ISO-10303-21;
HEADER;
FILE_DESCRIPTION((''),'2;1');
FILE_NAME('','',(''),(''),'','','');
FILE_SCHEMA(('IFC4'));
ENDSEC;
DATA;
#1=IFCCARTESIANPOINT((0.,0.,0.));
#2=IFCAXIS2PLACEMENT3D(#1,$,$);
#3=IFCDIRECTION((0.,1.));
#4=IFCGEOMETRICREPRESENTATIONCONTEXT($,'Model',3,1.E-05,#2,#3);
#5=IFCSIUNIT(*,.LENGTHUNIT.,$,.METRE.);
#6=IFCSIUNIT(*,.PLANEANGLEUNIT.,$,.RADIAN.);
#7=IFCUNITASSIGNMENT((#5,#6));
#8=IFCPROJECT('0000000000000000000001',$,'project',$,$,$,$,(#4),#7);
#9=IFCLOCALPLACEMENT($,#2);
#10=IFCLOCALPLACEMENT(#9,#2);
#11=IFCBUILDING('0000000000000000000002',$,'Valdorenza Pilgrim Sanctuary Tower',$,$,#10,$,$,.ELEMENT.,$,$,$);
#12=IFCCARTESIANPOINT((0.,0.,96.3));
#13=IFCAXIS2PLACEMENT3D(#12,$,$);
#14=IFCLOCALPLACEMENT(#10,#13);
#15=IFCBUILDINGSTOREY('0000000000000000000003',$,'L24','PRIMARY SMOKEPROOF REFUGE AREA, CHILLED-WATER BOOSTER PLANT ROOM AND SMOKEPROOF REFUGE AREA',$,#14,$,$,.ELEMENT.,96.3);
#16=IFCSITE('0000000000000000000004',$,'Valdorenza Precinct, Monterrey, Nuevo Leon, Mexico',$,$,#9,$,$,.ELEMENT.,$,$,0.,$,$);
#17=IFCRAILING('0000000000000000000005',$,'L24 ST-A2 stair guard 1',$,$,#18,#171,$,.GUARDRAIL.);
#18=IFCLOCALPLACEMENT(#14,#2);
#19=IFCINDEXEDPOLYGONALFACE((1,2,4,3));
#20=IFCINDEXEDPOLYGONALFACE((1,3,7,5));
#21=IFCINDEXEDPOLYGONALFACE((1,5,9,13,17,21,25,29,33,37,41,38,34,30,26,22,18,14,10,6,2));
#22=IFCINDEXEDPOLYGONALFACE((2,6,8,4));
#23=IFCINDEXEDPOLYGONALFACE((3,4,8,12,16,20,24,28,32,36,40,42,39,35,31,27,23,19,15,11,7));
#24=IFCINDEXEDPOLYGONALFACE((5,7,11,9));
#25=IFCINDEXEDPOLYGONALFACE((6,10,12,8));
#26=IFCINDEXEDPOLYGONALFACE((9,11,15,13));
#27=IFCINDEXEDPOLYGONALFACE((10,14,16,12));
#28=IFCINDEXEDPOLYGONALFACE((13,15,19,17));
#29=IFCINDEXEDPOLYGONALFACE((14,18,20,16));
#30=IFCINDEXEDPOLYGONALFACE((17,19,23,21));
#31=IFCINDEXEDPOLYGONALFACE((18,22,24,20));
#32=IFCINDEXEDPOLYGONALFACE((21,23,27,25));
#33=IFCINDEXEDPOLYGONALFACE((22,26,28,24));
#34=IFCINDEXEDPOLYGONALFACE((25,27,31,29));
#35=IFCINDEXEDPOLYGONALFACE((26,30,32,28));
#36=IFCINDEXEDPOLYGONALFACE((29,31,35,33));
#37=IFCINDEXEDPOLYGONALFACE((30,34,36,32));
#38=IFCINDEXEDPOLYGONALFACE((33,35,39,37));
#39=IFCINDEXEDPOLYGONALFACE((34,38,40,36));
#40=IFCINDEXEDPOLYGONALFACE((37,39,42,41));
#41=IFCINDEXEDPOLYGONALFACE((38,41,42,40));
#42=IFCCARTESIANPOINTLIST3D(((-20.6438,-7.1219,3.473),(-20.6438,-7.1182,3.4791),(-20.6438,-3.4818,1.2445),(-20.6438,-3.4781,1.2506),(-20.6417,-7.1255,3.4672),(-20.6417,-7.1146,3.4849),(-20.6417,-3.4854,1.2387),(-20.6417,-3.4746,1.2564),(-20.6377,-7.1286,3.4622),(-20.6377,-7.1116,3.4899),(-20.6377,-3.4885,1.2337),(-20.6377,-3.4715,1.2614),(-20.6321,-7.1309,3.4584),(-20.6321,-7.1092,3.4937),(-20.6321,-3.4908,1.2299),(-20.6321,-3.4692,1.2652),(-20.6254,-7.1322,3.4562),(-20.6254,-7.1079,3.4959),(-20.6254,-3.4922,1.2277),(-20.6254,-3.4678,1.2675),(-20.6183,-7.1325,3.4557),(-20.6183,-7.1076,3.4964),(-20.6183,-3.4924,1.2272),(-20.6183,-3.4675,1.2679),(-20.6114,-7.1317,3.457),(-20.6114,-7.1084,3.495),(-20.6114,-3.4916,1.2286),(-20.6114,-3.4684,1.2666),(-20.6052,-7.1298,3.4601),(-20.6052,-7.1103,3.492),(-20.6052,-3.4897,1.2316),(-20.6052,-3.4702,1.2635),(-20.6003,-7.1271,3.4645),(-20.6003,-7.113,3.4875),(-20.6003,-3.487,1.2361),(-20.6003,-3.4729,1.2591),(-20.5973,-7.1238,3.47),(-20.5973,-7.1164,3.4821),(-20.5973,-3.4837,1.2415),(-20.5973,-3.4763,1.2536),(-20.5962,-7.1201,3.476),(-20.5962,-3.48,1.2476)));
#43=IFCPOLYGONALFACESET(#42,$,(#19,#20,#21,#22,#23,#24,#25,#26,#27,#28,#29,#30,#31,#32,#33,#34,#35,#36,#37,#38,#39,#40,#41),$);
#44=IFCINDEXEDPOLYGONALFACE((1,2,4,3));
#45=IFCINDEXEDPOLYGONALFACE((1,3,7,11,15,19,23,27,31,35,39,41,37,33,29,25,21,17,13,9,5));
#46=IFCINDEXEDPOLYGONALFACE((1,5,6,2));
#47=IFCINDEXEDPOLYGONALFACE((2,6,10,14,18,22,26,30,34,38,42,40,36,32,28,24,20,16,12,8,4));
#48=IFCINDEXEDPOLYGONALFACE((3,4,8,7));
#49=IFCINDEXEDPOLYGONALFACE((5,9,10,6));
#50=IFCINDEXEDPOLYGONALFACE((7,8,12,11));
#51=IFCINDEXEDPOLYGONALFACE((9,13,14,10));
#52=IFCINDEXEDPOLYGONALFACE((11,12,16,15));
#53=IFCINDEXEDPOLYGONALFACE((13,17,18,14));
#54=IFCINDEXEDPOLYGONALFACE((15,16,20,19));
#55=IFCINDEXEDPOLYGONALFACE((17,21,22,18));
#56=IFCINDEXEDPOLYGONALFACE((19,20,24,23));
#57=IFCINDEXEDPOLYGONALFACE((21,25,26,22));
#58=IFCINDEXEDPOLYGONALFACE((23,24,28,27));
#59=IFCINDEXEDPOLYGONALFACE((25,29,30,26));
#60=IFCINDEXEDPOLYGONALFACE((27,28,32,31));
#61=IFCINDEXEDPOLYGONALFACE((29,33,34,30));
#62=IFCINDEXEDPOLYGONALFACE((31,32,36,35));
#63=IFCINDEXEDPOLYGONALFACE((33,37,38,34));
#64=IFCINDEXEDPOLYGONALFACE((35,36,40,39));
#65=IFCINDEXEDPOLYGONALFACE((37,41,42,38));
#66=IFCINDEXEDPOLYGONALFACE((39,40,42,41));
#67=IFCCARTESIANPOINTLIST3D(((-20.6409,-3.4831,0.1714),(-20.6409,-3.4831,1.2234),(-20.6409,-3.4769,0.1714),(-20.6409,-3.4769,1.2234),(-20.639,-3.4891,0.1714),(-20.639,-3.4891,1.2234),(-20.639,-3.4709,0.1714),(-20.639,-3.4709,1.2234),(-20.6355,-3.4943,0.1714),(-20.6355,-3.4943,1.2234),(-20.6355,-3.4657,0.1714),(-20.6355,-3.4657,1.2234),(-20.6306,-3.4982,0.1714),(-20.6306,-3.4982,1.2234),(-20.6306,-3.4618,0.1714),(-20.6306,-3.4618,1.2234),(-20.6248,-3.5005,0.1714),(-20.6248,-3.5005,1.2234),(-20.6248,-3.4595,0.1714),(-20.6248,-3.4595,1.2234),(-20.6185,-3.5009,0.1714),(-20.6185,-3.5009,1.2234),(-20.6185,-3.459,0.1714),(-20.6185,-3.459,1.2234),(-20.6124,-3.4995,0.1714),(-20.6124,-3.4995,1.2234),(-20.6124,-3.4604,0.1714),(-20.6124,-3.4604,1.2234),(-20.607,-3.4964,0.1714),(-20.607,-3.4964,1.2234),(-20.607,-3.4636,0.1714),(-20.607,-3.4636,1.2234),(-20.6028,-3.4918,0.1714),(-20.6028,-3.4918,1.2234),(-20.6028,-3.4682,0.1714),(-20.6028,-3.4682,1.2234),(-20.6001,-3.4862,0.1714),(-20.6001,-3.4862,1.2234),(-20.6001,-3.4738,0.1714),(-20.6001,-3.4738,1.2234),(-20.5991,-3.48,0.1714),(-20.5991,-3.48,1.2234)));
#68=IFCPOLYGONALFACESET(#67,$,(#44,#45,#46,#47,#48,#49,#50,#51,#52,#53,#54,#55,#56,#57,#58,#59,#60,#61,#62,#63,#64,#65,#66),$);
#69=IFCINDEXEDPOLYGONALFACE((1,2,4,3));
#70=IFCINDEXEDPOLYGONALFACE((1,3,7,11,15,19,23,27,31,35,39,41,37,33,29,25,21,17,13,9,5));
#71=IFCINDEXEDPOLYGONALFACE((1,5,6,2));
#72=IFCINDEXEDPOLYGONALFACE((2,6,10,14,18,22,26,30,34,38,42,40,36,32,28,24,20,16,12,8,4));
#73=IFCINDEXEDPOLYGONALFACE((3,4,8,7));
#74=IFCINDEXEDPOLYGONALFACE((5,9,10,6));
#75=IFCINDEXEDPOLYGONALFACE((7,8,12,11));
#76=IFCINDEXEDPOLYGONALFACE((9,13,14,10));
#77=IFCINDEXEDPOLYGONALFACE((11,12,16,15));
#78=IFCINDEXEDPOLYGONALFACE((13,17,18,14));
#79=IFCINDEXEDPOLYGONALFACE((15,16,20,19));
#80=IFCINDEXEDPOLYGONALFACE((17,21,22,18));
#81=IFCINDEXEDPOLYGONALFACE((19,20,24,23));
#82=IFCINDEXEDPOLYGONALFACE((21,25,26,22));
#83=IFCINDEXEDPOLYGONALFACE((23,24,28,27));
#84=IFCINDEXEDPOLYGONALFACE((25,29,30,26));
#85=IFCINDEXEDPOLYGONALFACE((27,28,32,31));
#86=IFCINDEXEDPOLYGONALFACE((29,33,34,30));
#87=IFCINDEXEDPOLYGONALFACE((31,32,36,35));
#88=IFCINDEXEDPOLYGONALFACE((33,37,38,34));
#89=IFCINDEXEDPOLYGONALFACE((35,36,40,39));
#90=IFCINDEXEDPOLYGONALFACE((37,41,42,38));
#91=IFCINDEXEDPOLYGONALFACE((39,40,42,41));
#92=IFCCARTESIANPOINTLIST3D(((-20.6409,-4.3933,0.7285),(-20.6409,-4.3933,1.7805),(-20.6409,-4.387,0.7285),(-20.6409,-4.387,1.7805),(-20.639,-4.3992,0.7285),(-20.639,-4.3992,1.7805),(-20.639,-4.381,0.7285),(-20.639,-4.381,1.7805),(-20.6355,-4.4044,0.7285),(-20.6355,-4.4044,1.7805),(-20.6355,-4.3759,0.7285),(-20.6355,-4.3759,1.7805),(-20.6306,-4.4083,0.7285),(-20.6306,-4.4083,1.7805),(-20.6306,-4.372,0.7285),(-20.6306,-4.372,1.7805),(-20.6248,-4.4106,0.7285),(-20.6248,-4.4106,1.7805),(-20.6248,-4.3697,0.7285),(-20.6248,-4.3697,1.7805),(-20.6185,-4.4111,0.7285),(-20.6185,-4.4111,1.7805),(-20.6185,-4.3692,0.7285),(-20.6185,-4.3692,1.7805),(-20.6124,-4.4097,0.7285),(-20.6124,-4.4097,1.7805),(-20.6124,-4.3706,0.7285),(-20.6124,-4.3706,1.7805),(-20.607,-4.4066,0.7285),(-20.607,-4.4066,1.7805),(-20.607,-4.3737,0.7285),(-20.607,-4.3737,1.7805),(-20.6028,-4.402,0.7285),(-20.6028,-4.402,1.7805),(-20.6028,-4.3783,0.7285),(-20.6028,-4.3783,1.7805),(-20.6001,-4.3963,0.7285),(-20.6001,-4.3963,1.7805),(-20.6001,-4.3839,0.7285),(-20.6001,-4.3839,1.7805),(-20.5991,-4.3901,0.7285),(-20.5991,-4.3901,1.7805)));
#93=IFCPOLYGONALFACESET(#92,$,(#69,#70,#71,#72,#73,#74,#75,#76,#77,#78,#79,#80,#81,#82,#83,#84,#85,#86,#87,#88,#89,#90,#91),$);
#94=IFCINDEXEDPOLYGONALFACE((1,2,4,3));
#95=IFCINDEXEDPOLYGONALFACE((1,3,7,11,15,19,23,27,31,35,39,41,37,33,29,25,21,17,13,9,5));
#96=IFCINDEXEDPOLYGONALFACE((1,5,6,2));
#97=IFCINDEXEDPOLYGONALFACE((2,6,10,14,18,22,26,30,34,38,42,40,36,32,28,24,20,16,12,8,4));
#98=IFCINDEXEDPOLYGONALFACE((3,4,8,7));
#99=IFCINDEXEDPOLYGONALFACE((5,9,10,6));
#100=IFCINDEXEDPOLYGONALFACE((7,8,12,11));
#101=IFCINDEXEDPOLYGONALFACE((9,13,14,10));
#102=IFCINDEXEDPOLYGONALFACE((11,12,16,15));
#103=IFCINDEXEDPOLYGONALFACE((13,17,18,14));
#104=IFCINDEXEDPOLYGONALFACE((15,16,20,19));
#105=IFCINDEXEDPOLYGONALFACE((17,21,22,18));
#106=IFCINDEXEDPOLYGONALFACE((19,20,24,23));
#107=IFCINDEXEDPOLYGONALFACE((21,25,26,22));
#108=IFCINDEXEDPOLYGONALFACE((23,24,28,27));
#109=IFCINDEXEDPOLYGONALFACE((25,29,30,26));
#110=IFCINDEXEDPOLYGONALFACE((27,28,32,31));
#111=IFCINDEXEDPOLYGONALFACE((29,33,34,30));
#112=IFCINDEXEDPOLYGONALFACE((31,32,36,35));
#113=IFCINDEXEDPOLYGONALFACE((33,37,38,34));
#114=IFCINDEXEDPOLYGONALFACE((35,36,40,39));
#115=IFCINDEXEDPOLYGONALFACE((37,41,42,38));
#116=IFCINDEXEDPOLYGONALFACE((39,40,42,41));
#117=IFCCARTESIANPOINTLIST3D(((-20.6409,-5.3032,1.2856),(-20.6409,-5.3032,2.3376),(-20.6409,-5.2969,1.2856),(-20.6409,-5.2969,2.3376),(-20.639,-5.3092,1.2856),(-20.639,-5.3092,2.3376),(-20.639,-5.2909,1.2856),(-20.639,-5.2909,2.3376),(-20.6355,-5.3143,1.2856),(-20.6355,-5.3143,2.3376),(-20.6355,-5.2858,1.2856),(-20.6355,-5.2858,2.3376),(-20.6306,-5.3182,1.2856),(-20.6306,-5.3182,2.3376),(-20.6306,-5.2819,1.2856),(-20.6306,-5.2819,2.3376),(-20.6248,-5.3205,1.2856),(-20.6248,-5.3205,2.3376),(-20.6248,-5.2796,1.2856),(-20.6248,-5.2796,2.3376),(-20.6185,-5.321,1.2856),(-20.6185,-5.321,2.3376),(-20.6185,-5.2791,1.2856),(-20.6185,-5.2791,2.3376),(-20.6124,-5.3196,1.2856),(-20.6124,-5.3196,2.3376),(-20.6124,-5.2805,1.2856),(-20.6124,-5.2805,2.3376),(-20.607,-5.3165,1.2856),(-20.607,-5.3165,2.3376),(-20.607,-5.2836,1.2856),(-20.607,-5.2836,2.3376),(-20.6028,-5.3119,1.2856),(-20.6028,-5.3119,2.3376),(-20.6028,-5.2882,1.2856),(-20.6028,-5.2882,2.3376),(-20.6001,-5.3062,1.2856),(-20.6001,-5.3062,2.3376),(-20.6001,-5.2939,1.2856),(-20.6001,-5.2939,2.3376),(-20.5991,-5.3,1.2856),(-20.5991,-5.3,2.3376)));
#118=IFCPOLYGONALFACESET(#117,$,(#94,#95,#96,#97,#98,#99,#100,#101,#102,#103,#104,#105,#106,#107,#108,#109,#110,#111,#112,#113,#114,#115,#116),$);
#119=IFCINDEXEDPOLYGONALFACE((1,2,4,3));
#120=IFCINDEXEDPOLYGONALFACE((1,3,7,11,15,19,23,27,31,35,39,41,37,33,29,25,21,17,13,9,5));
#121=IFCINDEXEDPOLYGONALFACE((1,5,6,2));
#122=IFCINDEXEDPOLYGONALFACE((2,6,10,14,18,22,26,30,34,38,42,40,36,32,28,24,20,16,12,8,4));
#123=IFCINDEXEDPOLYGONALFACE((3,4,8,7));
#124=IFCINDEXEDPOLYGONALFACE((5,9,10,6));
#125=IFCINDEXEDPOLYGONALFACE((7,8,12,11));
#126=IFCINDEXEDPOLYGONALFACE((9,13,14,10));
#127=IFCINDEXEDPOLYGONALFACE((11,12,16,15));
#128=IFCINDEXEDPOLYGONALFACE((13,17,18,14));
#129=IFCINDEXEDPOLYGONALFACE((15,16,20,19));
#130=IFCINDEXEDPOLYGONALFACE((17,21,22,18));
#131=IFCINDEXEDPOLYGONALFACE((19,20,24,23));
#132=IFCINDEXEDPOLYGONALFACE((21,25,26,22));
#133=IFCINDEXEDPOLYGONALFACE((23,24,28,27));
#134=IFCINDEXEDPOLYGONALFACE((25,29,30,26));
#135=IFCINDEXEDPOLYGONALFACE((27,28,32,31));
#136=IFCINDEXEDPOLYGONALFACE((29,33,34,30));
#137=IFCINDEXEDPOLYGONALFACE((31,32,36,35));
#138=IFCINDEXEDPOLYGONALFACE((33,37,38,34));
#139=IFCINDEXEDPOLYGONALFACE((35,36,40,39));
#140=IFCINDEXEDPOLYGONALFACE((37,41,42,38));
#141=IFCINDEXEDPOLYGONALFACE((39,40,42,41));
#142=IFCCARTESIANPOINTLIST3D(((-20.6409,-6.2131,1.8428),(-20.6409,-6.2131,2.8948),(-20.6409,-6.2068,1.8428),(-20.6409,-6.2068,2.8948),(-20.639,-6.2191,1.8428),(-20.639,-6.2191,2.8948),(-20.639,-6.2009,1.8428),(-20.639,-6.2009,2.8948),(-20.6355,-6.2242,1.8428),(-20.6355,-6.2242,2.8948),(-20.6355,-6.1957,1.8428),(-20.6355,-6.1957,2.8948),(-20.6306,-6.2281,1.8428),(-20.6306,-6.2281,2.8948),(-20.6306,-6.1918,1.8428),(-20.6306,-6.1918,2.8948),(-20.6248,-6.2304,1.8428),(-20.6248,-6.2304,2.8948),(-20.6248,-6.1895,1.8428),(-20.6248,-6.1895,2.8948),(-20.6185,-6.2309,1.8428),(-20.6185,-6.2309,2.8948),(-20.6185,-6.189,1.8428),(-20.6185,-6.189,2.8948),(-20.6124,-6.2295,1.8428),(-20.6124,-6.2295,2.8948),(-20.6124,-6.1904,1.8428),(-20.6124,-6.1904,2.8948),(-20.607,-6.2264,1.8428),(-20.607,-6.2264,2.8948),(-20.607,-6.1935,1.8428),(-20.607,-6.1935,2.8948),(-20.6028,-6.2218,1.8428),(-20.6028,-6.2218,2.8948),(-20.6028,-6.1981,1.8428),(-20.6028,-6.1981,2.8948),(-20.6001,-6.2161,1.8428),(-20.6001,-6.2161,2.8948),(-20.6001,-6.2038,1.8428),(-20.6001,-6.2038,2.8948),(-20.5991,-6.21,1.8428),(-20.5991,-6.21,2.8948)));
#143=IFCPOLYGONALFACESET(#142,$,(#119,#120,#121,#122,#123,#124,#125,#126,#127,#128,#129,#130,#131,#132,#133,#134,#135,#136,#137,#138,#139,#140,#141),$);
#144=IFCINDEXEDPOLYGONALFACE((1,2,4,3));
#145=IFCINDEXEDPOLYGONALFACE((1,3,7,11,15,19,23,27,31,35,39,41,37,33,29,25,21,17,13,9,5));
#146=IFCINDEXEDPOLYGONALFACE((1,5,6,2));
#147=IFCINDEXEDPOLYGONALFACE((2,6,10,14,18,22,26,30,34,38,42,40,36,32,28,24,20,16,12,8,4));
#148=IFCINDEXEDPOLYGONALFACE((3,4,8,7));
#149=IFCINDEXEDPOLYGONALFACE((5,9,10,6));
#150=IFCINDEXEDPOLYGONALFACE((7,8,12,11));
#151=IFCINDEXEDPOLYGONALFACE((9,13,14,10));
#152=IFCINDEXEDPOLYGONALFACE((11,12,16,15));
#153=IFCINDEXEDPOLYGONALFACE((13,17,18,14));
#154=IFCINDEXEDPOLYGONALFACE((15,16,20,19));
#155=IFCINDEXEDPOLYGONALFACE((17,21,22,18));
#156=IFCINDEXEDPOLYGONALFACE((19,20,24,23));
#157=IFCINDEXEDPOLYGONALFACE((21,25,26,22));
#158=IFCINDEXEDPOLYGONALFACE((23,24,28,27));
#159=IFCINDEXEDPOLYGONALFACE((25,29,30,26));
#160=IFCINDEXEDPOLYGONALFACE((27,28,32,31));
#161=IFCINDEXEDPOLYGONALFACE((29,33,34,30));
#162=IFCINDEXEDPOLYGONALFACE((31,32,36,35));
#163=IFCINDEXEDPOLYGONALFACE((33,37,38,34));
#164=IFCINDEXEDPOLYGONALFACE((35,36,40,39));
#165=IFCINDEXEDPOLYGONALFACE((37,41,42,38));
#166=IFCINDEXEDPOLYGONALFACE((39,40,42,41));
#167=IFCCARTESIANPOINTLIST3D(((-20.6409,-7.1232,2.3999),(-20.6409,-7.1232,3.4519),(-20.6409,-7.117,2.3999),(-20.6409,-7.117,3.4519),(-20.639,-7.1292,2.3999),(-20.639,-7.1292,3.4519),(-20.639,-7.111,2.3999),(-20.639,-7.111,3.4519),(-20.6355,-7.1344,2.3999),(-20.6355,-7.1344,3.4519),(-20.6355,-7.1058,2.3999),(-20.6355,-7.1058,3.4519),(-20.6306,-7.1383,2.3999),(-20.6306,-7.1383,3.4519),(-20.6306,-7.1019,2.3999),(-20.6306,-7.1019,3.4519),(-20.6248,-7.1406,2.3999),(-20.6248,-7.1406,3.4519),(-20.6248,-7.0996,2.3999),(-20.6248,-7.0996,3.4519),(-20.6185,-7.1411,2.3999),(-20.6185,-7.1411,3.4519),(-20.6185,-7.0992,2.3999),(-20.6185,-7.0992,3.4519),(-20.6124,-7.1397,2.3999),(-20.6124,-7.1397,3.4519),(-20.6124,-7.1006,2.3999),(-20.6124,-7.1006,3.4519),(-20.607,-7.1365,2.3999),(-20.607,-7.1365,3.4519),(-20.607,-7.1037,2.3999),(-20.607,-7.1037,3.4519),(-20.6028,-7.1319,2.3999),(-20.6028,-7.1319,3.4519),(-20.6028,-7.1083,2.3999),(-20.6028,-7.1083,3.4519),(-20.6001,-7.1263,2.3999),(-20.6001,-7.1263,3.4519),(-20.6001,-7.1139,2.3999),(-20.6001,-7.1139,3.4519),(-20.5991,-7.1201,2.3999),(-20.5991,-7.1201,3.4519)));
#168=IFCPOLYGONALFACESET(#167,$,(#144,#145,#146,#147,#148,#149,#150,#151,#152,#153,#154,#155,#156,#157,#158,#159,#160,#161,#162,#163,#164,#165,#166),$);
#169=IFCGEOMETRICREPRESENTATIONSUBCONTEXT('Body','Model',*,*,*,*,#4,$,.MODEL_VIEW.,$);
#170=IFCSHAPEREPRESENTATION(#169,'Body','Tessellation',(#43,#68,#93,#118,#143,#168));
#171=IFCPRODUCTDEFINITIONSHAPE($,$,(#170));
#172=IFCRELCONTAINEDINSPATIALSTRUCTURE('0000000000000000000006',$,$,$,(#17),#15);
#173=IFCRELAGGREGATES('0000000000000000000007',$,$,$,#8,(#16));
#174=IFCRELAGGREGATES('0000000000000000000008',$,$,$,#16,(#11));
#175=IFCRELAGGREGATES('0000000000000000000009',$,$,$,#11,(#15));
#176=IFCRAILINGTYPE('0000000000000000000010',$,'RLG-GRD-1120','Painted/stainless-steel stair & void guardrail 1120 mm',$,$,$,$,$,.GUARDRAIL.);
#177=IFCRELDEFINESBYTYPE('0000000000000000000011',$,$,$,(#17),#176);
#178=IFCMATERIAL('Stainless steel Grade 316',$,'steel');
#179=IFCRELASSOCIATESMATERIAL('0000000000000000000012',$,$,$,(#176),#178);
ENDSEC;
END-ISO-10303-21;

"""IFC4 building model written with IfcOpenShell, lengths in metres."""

from ifc_helpers import new_model, si_unit, direction, frame, origin, origin_2d, place, context, subcontext, project, spatial, circle, extrude, material, type_object, element, save


model = new_model("IFC4")

# Units and contexts
model_context = context("Model", 3, precision=1e-05, world=origin(), true_north=direction((0.0, 1.0)))
body_context = subcontext(model_context, "Body", "Model", "MODEL_VIEW")
ifc_project = project(units=[si_unit("LENGTHUNIT", "METRE"), si_unit("PLANEANGLEUNIT", "RADIAN")], contexts=[model_context])

# Site, building, storey
site_placement = place(None, origin())
site = spatial("IfcSite", under=ifc_project, at=site_placement, Name="Valdorenza Precinct, Monterrey, Nuevo Leon, Mexico", CompositionType="ELEMENT", RefElevation=0.0)
building_placement = place(site_placement, origin())
building = spatial("IfcBuilding", under=site, at=building_placement, Name="Valdorenza Pilgrim Sanctuary Tower", CompositionType="ELEMENT")
storey_placement = place(building_placement, frame((0.0, 0.0, 96.3)))
storey = spatial("IfcBuildingStorey", under=building, at=storey_placement, Name="L24", Description="PRIMARY SMOKEPROOF REFUGE AREA, CHILLED-WATER BOOSTER PLANT ROOM AND SMOKEPROOF REFUGE AREA", CompositionType="ELEMENT", Elevation=96.3)

# Railing
ifc_material_1 = material(Name="Stainless steel Grade 316", Category="steel")
railing_type_1 = type_object("IfcRailingType", Name="RLG-GRD-1120", Description="Painted/stainless-steel stair & void guardrail 1120 mm", PredefinedType="GUARDRAIL", material=ifc_material_1)
railing_1_placement = place(storey_placement, frame((-20.6201, -3.48, 0.1714)))
element("IfcRailing", 1, at=railing_1_placement, inside=storey, type_object=railing_type_1, Name="L24 ST-A2 stair guard 1", PredefinedType="GUARDRAIL", context=body_context, shape_type="SweptSolid", body=[
    extrude(circle(Radius=0.0239, at=origin_2d()), frame((0.0, 0.0, 1.0762), z_axis=(0.0, -0.852866, 0.52213), x_axis=(1.0, 0.0, 0.0)), (0.0, 0.0, 1.0), 4.2681),
    extrude(circle(Radius=0.021, at=origin_2d()), origin(), (0.0, 0.0, 1.0), 1.052),
    extrude(circle(Radius=0.021, at=origin_2d()), frame((0.0, -0.9102, 0.5571)), (0.0, 0.0, 1.0), 1.052),
    extrude(circle(Radius=0.021, at=origin_2d()), frame((0.0, -1.8201, 1.1143)), (0.0, 0.0, 1.0), 1.052),
    extrude(circle(Radius=0.021, at=origin_2d()), frame((0.0, -2.73, 1.6714)), (0.0, 0.0, 1.0), 1.052),
    extrude(circle(Radius=0.021, at=origin_2d()), frame((0.0, -3.6401, 2.2285)), (0.0, 0.0, 1.0), 1.052),
])

save(model, "model.ifc")
